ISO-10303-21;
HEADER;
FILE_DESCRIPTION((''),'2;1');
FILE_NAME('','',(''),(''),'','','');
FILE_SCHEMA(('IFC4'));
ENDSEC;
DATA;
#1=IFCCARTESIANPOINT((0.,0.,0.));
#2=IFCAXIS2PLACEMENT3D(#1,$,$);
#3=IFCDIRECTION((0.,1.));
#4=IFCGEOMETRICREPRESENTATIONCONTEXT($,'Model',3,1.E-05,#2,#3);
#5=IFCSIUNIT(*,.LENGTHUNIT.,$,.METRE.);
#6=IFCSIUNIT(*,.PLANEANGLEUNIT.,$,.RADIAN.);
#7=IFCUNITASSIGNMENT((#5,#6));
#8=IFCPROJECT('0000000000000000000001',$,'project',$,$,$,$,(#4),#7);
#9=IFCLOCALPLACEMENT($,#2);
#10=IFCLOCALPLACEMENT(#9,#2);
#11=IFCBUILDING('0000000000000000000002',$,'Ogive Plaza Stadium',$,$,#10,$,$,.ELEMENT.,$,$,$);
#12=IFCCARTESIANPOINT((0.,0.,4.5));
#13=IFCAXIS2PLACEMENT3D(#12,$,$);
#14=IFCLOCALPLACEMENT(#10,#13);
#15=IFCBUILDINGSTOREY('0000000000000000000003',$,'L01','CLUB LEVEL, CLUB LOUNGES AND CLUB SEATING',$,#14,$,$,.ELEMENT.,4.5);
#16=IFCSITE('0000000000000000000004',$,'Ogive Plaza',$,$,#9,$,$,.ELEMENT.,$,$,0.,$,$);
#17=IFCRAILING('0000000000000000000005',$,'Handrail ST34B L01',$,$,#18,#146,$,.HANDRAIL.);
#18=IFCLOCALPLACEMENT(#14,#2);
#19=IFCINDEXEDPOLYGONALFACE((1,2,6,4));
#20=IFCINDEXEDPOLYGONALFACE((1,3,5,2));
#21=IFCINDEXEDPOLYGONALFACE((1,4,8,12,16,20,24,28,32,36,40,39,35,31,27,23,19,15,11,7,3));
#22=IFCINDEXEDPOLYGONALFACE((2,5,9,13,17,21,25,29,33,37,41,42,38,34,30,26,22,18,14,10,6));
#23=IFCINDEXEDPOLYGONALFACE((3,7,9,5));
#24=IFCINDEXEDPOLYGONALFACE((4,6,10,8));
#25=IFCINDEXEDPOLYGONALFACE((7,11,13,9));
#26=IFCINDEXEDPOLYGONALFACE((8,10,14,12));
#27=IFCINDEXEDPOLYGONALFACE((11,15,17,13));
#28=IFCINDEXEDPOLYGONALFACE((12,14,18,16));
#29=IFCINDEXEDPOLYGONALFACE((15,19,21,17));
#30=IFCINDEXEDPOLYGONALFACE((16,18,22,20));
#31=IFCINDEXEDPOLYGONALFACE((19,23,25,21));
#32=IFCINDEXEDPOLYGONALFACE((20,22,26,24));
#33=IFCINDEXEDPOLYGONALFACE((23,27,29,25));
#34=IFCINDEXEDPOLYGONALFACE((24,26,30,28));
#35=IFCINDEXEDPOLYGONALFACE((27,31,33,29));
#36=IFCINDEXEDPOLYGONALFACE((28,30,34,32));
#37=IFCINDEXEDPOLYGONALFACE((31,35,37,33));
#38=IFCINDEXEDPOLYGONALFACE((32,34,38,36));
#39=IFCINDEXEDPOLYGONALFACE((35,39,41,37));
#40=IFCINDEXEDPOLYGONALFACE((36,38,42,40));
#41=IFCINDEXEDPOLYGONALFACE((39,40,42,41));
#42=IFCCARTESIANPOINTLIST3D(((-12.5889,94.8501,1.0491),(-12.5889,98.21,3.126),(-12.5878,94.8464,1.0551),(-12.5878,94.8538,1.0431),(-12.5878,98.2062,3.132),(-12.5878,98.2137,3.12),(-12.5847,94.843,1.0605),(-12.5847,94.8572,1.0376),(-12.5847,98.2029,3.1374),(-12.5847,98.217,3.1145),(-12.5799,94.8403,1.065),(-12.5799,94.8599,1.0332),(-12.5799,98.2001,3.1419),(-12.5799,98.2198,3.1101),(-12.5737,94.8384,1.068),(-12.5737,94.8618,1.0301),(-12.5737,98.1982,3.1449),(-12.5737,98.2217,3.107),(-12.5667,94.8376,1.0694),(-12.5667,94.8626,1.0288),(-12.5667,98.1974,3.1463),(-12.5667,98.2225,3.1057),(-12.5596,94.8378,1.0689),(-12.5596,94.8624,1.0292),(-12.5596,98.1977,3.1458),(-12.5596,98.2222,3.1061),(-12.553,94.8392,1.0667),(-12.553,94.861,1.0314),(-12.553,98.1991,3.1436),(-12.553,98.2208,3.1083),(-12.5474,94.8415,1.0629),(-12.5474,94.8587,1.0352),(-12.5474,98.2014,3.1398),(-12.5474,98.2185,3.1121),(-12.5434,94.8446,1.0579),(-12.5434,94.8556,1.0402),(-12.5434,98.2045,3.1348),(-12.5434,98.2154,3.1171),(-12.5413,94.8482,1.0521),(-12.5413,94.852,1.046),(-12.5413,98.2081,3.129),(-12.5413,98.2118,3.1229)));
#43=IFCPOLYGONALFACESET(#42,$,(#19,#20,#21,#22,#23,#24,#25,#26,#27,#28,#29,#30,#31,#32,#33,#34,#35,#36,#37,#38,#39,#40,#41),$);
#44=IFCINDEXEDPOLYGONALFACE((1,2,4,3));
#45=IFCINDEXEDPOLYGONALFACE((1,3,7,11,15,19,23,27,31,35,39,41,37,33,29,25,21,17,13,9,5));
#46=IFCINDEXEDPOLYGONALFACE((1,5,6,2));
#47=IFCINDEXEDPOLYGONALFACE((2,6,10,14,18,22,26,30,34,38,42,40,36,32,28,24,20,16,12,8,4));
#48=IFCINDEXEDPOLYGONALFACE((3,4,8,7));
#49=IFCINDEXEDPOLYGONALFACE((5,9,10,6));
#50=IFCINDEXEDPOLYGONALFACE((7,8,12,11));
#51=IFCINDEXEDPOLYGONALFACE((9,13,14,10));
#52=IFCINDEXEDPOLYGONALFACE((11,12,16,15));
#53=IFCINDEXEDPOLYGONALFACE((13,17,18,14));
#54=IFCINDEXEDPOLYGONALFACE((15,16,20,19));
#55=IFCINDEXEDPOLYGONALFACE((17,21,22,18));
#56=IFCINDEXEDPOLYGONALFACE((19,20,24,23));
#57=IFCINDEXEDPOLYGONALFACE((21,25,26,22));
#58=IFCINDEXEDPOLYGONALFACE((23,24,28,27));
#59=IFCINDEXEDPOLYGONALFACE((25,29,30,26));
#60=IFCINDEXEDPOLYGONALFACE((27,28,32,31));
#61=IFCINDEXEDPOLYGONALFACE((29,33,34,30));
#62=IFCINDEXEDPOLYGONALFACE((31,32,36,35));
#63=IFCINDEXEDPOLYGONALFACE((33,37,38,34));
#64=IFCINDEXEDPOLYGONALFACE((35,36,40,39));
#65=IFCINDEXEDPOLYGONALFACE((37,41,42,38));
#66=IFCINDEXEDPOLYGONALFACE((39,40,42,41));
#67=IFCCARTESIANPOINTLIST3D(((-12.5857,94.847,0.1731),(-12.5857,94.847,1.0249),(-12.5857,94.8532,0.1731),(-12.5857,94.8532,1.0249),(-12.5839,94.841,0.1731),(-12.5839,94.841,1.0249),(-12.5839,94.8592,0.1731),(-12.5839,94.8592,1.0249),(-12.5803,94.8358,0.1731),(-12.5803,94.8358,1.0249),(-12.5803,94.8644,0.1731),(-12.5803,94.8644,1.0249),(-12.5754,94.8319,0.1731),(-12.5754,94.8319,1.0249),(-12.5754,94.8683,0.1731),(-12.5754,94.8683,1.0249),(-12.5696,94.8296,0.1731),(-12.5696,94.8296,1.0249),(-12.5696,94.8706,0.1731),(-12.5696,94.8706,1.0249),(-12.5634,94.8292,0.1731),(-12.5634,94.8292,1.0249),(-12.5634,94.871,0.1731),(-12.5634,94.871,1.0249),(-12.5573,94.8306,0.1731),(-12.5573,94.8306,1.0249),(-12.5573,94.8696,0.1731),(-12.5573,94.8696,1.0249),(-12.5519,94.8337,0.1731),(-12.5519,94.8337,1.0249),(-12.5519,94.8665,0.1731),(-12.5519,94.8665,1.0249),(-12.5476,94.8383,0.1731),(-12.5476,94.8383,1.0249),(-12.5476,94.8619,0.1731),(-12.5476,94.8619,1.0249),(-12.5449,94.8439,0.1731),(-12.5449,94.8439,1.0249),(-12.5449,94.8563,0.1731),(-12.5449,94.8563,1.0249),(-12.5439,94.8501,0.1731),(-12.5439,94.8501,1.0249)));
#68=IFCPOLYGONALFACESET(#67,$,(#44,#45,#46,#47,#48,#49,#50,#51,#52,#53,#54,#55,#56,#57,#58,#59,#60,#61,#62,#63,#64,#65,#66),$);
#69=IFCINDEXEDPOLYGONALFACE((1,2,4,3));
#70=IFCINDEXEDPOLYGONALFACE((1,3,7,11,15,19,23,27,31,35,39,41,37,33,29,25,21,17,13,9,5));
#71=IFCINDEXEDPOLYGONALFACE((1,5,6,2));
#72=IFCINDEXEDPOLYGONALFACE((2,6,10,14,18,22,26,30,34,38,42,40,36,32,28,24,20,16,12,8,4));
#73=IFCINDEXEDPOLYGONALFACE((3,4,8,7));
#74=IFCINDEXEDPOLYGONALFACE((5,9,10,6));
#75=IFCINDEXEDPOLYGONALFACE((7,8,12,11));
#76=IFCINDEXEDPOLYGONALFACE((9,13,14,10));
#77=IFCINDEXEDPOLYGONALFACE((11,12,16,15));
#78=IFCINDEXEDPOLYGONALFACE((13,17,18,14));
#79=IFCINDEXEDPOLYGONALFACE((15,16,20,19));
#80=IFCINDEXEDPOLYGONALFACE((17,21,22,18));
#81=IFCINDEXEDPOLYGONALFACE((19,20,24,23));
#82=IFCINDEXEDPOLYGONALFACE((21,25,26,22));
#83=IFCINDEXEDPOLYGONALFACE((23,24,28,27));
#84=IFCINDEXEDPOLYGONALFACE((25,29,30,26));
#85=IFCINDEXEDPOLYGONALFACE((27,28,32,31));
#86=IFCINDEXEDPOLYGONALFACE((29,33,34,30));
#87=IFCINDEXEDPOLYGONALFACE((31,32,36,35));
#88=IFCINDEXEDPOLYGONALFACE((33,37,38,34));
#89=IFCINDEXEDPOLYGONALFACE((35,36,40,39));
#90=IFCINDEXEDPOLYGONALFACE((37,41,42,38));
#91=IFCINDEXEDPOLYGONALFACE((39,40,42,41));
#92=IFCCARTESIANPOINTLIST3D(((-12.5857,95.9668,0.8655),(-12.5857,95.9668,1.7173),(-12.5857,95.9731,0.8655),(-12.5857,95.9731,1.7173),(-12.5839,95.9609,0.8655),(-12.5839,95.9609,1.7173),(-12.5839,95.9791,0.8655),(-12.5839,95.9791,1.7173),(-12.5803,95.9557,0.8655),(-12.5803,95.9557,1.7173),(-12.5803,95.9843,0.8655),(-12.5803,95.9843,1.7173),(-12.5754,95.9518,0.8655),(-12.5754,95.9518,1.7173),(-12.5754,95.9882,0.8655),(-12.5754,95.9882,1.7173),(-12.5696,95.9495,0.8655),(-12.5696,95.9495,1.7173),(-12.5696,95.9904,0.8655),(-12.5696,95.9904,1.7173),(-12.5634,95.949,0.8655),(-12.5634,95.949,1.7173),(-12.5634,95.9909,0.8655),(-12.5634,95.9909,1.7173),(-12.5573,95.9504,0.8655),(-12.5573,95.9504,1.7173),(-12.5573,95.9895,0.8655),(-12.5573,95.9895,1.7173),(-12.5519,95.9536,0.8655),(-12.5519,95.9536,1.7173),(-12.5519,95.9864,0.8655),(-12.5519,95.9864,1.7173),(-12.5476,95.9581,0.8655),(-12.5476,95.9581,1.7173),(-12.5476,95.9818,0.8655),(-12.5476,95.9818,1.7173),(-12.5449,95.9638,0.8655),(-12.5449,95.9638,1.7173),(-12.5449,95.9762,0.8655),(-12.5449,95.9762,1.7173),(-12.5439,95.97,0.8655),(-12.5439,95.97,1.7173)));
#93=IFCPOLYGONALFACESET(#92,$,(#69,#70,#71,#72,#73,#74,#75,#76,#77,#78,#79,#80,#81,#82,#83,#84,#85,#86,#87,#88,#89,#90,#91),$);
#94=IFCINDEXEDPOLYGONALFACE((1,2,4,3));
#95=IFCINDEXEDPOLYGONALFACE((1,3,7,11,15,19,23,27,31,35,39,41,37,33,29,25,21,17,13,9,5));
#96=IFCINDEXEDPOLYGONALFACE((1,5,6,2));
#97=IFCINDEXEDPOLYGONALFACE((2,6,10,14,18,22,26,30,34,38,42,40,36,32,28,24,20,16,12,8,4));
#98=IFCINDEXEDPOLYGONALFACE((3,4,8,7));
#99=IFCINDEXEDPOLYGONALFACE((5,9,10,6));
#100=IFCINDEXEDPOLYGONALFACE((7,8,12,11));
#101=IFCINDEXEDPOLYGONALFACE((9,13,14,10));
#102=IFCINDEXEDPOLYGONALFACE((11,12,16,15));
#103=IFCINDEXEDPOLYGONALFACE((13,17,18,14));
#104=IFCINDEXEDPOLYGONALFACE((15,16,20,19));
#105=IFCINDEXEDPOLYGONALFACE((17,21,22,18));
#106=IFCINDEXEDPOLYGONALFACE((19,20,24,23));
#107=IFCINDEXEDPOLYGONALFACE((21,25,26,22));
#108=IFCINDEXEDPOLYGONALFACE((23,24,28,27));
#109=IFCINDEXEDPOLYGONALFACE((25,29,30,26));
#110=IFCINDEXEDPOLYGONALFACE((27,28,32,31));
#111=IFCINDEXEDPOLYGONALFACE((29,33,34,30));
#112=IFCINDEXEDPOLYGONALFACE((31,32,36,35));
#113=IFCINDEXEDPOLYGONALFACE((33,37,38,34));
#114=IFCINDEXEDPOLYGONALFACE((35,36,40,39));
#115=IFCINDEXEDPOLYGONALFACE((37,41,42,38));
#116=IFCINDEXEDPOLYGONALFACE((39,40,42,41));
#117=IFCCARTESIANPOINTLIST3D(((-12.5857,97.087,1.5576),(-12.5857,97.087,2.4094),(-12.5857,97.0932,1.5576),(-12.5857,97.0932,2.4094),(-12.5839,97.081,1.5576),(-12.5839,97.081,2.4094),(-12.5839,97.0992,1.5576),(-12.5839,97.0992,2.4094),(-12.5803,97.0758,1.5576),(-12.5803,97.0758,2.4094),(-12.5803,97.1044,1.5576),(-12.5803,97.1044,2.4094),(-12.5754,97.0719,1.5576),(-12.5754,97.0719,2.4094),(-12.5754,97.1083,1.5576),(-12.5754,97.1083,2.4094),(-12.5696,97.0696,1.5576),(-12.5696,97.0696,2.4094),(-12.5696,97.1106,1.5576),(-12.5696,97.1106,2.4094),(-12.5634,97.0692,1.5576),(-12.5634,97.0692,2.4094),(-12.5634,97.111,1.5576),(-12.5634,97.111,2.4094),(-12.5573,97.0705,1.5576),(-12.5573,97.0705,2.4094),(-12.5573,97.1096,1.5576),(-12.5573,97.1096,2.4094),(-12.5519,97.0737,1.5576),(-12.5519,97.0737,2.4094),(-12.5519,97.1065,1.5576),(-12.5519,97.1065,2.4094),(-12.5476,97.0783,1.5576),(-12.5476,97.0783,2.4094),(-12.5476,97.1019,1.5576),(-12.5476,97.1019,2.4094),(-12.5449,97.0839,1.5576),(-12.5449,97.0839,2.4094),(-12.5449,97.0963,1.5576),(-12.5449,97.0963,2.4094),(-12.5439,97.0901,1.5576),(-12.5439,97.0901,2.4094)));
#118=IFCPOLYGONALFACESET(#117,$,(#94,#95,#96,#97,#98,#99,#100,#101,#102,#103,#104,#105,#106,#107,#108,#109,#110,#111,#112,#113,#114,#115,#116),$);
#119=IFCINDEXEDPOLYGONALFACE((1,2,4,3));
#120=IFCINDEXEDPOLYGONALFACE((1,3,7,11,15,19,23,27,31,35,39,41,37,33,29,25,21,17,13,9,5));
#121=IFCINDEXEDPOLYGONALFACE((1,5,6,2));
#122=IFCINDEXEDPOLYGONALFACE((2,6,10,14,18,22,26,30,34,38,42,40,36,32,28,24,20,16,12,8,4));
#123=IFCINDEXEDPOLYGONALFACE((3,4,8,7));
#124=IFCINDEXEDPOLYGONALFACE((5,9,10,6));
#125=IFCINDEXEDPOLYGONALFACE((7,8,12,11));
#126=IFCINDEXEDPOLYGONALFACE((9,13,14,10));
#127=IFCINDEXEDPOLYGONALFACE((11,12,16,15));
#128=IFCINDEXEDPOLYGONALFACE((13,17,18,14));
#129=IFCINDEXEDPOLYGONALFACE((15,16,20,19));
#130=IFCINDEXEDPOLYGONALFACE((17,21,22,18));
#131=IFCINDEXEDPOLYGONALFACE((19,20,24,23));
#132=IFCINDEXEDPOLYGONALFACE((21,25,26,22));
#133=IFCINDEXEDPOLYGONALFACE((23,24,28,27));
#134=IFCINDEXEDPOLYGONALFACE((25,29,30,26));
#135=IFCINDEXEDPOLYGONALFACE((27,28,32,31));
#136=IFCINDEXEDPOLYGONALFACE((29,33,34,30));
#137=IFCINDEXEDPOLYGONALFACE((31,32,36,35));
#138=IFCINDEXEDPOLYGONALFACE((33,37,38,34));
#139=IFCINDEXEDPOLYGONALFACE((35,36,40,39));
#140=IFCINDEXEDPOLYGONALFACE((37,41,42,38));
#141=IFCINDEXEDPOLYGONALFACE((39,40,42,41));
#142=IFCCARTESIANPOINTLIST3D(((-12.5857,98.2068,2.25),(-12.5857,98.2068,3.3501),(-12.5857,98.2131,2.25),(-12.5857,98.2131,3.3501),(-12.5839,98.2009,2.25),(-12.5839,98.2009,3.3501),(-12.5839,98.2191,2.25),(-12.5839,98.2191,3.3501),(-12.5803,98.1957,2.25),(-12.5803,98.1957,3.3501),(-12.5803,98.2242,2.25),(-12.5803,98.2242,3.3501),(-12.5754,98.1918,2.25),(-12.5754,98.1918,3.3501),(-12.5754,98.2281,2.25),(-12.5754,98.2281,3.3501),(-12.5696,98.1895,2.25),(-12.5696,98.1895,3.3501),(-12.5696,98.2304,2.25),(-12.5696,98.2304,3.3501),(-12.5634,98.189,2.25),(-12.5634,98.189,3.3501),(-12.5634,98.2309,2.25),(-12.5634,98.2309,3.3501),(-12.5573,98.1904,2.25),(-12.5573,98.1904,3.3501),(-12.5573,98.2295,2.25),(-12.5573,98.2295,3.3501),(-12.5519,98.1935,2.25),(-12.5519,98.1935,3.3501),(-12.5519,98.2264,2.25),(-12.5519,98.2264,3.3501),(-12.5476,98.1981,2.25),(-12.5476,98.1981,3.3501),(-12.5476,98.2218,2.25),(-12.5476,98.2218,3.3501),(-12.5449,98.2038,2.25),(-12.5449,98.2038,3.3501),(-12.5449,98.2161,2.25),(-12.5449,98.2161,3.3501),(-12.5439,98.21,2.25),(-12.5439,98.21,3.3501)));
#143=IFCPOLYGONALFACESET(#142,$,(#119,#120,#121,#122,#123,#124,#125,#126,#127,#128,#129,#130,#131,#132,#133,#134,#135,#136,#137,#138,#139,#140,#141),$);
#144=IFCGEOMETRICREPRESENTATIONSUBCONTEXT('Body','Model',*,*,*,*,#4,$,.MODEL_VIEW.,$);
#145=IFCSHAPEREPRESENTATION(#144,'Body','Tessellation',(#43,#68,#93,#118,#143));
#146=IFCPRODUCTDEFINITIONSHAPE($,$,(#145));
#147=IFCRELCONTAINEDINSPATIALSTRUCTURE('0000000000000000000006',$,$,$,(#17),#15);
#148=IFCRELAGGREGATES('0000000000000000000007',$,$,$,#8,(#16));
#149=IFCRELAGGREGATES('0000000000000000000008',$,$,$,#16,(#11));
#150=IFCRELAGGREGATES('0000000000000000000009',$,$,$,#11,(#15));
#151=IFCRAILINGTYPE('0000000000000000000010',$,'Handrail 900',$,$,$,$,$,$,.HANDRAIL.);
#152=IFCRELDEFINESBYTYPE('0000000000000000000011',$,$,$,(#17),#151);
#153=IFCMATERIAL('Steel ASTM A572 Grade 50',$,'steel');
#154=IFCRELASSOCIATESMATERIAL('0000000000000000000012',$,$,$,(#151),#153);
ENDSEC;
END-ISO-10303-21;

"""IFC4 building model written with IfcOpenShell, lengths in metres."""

from ifc_helpers import new_model, si_unit, direction, frame, origin, origin_2d, place, context, subcontext, project, spatial, circle, extrude, material, type_object, element, save


model = new_model("IFC4")

# Units and contexts
model_context = context("Model", 3, precision=1e-05, world=origin(), true_north=direction((0.0, 1.0)))
body_context = subcontext(model_context, "Body", "Model", "MODEL_VIEW")
ifc_project = project(units=[si_unit("LENGTHUNIT", "METRE"), si_unit("PLANEANGLEUNIT", "RADIAN")], contexts=[model_context])

# Site, building, storey
site_placement = place(None, origin())
site = spatial("IfcSite", under=ifc_project, at=site_placement, Name="Ogive Plaza", CompositionType="ELEMENT", RefElevation=0.0)
building_placement = place(site_placement, origin())
building = spatial("IfcBuilding", under=site, at=building_placement, Name="Ogive Plaza Stadium", CompositionType="ELEMENT")
storey_placement = place(building_placement, frame((0.0, 0.0, 4.5)))
storey = spatial("IfcBuildingStorey", under=building, at=storey_placement, Name="L01", Description="CLUB LEVEL, CLUB LOUNGES AND CLUB SEATING", CompositionType="ELEMENT", Elevation=4.5)

# Railing
ifc_material_1 = material(Name="Steel ASTM A572 Grade 50", Category="steel")
railing_type_1 = type_object("IfcRailingType", Name="Handrail 900", PredefinedType="HANDRAIL", material=ifc_material_1)
for number, where, name in (
    (1, (-12.5649, 94.8501, 0.1731), "Handrail ST34B L01"),
):
    element("IfcRailing", number, at=place(storey_placement, frame(where)), inside=storey, type_object=railing_type_1, Name=name, PredefinedType="HANDRAIL", context=body_context, shape_type="SweptSolid", body=[
        extrude(circle(Radius=0.0239, at=origin_2d()), frame((0.0, 0.0, 0.876), z_axis=(0.0, 0.850606, 0.525803), x_axis=(-1.0, 0.0, 0.0)), (0.0, 0.0, 1.0), 3.95),
        extrude(circle(Radius=0.021, at=origin_2d()), origin(), (0.0, 0.0, 1.0), 0.8518),
        extrude(circle(Radius=0.021, at=origin_2d()), frame((0.0, 1.1199, 0.6924)), (0.0, 0.0, 1.0), 0.8518),
        extrude(circle(Radius=0.021, at=origin_2d()), frame((0.0, 2.24, 1.3845)), (0.0, 0.0, 1.0), 0.8518),
        extrude(circle(Radius=0.021, at=origin_2d()), frame((0.0, 3.3599, 2.0769)), (0.0, 0.0, 1.0), 1.1001),
    ])

save(model, "model.ifc")
